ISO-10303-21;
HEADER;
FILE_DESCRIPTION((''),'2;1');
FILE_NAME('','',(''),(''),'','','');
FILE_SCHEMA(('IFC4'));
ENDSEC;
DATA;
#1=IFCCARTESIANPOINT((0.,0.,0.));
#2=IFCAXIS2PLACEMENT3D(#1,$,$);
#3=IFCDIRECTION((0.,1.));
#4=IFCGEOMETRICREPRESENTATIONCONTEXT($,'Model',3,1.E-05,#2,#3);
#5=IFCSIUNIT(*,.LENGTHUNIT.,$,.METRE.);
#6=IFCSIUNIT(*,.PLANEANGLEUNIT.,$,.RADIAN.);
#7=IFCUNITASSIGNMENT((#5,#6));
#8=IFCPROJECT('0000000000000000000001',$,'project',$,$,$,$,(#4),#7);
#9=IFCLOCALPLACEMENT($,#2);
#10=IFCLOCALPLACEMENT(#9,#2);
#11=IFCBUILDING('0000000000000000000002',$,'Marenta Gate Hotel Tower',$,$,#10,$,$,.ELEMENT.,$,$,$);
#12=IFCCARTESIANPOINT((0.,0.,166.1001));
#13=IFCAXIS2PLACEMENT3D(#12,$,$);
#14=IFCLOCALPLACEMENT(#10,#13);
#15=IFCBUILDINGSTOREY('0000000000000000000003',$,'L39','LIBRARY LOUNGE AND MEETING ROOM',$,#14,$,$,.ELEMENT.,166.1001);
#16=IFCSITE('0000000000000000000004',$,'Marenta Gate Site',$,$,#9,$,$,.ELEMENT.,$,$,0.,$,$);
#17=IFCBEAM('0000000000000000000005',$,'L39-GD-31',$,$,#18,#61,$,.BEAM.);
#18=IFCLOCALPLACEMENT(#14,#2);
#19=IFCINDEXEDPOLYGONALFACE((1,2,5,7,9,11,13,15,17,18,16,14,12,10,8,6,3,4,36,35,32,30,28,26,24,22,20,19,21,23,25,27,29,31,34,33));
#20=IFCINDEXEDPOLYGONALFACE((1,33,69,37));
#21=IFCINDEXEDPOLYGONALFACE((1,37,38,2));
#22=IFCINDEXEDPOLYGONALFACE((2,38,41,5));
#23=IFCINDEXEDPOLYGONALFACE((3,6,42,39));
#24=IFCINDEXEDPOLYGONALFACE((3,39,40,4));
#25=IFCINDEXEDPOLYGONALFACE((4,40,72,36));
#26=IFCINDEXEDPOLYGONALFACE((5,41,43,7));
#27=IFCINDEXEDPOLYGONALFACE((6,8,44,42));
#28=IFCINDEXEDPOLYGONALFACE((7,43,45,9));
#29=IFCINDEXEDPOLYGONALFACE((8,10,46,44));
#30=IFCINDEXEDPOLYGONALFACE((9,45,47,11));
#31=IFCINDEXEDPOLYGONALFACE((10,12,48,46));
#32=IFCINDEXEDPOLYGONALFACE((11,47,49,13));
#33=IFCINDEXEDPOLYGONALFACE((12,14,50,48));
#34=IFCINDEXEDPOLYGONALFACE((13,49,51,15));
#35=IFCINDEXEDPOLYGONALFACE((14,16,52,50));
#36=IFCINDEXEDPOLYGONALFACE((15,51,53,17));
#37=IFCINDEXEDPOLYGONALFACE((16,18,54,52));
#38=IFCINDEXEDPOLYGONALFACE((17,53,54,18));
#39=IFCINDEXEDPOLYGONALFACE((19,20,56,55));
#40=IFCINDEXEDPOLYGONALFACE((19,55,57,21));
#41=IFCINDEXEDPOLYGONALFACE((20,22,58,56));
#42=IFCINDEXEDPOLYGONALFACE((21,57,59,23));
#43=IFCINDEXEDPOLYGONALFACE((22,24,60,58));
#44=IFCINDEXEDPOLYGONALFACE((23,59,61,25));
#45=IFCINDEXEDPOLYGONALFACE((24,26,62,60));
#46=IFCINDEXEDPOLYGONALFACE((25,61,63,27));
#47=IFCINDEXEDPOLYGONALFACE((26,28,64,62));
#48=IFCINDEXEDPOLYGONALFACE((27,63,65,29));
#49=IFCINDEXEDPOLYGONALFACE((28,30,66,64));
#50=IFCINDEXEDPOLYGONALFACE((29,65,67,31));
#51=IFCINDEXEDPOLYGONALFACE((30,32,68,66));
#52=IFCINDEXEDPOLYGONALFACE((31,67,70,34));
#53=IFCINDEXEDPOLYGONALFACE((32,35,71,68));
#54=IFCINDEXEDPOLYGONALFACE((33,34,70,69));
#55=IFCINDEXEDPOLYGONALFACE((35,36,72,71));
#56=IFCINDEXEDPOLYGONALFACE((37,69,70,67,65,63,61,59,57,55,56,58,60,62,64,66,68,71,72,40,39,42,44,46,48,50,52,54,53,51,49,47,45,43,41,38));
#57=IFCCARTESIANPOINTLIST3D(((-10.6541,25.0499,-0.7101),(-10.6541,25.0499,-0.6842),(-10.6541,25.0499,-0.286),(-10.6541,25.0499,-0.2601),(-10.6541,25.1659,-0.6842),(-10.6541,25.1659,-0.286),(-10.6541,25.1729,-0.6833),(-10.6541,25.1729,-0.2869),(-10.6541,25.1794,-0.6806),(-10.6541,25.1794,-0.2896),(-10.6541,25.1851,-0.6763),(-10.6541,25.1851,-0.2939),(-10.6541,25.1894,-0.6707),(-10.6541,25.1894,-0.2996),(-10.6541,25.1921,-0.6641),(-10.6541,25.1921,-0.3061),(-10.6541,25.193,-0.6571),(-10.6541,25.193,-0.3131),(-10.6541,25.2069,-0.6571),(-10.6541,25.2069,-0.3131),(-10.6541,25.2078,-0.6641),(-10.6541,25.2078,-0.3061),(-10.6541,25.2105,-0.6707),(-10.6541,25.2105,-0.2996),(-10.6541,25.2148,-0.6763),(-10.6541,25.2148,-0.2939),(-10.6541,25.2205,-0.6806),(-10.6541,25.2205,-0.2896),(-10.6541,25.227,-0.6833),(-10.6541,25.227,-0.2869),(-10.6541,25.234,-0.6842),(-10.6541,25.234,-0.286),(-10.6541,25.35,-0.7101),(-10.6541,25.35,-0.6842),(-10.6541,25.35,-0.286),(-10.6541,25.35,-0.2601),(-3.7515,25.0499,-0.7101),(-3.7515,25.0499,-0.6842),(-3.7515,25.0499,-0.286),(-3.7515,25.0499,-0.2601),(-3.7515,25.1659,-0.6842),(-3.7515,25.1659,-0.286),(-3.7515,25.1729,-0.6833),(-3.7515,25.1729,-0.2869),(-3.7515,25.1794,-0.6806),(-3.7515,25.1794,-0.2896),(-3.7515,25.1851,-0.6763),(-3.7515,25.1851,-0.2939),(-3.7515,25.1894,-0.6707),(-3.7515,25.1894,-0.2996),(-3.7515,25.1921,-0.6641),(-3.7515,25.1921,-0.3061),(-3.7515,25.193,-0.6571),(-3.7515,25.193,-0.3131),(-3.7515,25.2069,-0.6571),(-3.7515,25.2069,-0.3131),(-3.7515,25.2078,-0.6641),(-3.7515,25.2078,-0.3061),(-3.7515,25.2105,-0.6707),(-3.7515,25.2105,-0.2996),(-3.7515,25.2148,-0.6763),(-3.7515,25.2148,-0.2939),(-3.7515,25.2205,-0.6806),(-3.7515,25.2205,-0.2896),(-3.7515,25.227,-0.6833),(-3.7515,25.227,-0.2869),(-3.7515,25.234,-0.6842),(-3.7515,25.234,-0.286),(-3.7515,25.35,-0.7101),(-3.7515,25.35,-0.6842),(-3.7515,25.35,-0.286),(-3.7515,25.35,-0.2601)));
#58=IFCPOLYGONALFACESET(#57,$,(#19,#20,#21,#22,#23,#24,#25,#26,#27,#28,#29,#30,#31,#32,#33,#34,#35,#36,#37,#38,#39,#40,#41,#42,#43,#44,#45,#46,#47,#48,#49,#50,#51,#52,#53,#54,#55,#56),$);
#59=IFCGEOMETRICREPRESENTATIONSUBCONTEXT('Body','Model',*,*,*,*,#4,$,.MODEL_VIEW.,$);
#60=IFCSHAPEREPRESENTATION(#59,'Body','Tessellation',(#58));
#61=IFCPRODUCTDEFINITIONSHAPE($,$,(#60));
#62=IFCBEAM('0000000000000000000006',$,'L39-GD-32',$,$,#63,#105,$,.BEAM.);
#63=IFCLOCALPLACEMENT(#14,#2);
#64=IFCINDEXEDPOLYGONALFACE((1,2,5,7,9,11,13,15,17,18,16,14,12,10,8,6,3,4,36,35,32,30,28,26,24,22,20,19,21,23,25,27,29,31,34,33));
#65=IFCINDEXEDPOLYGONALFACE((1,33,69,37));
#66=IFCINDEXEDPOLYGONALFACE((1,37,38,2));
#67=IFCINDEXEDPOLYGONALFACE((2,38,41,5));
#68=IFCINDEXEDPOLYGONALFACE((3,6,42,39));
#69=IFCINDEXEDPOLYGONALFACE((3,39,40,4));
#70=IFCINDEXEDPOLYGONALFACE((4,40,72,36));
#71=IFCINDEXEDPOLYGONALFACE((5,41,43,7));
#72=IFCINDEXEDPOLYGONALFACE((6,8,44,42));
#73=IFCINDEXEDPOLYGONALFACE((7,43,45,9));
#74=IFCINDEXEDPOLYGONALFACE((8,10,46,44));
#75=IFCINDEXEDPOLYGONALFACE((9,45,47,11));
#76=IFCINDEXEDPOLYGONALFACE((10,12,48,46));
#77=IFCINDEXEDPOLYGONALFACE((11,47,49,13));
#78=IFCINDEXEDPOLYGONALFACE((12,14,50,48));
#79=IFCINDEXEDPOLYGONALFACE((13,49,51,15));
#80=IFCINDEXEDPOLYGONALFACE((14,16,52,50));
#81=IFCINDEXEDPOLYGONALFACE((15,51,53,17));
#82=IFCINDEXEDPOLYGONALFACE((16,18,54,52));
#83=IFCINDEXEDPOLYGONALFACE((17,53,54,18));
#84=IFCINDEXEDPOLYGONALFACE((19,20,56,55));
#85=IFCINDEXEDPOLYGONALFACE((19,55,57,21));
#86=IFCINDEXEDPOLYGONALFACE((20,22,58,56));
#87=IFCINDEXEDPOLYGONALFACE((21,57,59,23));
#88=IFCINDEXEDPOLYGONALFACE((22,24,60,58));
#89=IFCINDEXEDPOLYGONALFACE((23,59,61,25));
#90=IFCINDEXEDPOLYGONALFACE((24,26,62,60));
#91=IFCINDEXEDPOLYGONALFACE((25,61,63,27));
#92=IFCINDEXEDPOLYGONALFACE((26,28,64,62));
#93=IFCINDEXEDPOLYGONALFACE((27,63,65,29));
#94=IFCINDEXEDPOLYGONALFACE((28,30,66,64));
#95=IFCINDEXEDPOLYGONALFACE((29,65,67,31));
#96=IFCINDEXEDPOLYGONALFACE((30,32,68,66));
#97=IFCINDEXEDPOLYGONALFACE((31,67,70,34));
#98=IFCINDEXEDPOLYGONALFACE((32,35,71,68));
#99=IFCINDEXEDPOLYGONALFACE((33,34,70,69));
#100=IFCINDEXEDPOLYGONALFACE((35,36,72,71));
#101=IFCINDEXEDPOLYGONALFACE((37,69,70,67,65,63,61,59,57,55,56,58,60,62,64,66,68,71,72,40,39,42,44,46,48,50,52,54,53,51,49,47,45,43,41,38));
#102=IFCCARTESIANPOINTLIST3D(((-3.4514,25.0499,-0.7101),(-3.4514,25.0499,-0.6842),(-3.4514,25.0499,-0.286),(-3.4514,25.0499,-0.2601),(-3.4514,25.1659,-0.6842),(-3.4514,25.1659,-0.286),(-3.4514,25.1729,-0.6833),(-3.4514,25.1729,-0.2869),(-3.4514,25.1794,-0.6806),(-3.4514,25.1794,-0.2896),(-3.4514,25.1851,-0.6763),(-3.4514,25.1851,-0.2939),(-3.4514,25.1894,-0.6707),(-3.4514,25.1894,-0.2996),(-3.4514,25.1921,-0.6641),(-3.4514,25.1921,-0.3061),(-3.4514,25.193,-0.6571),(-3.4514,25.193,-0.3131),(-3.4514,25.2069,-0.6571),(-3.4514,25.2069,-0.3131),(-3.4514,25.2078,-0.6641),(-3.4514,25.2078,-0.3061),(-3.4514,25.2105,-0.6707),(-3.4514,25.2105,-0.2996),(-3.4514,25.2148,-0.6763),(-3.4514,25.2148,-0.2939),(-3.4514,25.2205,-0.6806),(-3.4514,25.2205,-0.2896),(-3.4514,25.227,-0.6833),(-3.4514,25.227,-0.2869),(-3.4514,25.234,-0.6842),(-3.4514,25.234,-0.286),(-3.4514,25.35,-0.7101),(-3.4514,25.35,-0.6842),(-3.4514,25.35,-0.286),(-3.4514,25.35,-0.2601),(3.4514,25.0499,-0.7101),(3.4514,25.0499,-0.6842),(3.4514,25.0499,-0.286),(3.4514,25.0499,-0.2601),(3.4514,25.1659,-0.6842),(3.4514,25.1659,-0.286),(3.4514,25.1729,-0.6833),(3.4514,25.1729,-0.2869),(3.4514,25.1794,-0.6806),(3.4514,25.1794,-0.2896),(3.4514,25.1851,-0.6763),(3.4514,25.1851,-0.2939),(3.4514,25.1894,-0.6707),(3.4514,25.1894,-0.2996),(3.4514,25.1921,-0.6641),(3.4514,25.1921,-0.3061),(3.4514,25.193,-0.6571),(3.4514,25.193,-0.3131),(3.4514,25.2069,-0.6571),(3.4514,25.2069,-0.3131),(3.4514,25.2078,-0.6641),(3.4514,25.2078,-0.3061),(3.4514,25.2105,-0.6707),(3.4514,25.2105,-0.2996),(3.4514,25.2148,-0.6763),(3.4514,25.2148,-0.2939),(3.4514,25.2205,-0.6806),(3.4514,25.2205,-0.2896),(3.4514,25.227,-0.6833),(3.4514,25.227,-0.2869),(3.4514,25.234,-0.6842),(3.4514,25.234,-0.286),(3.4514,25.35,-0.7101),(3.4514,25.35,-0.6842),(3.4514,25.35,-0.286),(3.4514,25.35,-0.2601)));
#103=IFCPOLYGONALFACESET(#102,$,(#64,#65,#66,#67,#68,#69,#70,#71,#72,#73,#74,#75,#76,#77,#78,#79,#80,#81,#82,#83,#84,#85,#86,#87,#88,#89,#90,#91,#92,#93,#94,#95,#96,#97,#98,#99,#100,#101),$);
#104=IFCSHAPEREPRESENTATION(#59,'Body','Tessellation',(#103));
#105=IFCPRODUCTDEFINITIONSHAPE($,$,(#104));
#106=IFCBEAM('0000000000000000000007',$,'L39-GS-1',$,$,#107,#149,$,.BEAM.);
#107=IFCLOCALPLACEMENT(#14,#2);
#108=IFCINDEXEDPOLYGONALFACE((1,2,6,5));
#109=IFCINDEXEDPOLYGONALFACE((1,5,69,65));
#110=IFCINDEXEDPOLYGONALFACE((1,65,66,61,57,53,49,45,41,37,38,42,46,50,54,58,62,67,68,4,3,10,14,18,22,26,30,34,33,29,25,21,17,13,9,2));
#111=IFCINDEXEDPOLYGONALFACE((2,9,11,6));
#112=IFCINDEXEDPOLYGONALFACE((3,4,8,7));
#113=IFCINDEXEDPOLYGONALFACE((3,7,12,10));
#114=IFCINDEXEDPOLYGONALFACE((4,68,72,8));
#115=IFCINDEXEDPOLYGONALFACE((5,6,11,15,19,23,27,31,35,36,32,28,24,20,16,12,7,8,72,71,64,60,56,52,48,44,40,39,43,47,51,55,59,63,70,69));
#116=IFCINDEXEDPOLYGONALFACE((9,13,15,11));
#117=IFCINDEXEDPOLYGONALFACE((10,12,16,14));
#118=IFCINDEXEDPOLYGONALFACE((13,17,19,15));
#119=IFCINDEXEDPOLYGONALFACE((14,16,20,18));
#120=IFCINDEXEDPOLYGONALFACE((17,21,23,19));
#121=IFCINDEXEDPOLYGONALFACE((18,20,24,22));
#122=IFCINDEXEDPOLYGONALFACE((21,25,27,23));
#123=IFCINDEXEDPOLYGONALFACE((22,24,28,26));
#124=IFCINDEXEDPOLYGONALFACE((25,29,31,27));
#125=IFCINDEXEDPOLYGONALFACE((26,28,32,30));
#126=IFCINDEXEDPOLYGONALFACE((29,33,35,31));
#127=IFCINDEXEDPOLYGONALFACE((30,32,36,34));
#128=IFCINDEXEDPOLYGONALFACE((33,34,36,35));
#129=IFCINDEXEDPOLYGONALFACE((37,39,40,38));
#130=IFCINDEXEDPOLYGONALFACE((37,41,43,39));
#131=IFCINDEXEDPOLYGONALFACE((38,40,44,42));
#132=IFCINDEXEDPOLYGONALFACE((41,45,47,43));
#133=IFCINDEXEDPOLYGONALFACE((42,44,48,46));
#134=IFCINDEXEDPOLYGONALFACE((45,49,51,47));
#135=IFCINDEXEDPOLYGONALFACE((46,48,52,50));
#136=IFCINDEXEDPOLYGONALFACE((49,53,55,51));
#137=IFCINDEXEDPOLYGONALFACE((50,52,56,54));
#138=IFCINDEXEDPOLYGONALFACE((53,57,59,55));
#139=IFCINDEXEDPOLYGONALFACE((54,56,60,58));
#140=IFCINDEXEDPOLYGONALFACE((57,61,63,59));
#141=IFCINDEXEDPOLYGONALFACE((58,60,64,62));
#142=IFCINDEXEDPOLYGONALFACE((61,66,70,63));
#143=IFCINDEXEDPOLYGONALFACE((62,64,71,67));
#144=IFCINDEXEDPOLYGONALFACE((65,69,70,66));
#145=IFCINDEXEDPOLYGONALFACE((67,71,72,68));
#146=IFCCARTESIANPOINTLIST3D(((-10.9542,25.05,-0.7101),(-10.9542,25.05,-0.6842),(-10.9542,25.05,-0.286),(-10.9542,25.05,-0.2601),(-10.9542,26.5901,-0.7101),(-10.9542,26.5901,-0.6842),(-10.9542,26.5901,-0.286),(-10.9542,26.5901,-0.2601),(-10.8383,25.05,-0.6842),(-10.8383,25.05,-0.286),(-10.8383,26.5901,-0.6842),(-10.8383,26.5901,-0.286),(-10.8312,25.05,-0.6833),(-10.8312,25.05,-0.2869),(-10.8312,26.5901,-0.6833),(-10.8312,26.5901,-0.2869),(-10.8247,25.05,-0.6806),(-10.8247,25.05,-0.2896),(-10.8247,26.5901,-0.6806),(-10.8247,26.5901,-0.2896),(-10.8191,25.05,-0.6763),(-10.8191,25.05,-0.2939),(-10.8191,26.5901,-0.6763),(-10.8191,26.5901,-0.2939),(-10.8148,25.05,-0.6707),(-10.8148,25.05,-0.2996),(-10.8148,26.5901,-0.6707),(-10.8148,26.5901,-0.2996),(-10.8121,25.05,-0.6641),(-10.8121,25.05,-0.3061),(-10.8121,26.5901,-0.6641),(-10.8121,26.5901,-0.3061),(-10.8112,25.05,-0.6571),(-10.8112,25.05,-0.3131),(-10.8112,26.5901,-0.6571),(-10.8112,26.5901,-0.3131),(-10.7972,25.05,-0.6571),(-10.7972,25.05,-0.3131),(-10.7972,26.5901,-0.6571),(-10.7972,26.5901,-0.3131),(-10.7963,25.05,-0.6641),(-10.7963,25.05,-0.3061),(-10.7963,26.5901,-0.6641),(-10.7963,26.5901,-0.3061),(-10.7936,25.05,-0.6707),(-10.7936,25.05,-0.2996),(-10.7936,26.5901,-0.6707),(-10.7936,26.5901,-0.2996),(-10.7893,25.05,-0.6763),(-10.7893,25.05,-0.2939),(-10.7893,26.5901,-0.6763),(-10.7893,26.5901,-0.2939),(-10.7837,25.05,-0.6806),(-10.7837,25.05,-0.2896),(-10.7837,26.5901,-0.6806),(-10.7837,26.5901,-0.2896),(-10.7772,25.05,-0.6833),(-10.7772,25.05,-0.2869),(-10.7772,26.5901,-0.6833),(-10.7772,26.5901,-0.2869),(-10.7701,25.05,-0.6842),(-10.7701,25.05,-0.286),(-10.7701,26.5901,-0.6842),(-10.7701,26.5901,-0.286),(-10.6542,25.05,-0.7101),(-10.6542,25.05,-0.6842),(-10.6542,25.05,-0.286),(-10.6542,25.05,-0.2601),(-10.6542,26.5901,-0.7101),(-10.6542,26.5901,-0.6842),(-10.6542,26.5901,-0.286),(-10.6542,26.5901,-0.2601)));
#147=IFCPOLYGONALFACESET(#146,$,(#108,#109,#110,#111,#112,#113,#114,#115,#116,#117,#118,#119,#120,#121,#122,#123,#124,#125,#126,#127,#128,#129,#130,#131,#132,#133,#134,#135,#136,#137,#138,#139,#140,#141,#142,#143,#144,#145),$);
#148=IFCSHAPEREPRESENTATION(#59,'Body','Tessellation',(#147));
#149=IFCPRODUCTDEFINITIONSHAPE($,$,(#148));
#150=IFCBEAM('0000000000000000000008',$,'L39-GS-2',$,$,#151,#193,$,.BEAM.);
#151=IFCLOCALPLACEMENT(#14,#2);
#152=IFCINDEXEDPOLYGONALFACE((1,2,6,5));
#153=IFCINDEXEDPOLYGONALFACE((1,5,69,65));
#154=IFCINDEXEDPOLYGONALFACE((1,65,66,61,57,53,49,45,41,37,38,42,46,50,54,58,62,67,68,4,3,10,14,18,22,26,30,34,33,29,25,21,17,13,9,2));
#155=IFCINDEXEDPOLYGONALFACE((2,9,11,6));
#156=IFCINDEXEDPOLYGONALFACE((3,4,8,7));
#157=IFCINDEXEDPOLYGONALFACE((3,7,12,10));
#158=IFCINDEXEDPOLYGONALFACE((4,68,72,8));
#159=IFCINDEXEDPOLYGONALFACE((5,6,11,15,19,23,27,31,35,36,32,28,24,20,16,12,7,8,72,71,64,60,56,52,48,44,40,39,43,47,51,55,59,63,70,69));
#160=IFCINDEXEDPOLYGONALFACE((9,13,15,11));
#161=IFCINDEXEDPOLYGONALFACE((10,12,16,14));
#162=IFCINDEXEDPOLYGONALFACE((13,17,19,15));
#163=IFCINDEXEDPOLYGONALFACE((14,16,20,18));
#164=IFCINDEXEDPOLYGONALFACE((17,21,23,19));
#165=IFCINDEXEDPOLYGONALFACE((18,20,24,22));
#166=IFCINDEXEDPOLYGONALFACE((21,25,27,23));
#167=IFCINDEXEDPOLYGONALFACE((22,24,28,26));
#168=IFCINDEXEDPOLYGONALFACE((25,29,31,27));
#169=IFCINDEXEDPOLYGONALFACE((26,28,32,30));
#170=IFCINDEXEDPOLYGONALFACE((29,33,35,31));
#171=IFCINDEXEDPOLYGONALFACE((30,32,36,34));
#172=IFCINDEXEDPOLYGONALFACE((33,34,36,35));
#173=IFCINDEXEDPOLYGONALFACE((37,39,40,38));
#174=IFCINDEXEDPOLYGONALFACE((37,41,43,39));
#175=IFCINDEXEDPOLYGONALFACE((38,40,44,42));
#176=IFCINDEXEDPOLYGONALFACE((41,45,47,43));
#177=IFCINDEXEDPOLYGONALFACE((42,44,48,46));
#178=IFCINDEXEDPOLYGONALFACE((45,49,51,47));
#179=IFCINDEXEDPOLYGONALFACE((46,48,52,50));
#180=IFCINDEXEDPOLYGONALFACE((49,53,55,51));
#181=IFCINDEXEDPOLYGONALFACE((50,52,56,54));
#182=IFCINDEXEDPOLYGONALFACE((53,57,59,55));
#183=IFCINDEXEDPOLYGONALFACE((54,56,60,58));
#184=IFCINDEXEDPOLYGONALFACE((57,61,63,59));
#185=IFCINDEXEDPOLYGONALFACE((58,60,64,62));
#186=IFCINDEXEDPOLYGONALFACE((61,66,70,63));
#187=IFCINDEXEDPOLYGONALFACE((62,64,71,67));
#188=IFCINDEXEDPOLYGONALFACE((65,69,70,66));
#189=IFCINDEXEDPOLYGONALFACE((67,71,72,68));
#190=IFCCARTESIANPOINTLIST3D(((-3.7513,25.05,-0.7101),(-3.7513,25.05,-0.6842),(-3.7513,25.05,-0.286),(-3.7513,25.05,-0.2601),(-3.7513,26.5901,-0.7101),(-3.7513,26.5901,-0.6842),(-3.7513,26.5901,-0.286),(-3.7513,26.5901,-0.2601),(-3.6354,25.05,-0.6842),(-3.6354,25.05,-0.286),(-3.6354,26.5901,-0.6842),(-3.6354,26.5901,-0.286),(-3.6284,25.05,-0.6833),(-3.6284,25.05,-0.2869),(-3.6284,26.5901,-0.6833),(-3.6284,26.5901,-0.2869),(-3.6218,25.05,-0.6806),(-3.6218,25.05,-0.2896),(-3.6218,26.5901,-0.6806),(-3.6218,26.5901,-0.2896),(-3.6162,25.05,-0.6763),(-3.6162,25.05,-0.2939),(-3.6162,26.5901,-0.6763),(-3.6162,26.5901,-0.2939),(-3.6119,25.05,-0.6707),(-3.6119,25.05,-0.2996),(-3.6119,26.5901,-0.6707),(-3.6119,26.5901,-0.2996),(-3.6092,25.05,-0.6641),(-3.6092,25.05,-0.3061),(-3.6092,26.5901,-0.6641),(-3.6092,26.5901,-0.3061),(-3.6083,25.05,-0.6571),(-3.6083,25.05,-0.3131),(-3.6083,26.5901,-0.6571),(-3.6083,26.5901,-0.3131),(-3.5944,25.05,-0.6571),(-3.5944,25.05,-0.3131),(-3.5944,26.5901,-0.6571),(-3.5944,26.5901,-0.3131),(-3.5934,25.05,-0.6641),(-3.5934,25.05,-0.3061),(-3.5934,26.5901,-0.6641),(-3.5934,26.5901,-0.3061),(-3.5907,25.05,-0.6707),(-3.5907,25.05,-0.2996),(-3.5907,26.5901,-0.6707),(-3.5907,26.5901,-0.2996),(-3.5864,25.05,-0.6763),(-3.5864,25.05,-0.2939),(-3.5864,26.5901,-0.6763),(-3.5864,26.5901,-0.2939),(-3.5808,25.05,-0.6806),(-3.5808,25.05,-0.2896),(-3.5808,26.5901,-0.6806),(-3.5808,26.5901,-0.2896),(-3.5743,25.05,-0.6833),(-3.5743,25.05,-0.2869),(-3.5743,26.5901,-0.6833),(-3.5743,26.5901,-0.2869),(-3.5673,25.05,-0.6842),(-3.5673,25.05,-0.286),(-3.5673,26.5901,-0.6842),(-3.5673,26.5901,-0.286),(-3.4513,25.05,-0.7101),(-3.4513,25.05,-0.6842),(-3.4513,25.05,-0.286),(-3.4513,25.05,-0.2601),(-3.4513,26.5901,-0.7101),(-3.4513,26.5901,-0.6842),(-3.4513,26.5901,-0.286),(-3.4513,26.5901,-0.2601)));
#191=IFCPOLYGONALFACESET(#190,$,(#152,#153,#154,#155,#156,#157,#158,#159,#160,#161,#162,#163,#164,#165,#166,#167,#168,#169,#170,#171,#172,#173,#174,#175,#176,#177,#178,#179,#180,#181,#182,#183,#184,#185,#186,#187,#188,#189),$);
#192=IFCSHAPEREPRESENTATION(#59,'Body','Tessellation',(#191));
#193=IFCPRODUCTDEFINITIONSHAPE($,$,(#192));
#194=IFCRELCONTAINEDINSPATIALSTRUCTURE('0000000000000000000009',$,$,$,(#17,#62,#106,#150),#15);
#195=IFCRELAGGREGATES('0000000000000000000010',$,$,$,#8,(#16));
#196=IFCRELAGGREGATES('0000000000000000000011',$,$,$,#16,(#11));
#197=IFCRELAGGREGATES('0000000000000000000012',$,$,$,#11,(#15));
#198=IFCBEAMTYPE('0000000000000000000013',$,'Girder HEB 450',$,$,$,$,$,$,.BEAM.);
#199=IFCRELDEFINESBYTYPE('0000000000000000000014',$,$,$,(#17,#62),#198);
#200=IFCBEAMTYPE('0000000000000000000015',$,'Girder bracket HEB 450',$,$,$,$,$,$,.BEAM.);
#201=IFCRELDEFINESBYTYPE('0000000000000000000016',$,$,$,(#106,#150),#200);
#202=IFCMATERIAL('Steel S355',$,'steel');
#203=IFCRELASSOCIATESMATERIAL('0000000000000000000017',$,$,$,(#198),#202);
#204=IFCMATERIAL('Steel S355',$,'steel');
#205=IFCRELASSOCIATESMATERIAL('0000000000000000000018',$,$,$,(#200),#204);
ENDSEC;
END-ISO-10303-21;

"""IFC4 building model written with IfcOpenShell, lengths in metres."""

from ifc_helpers import new_model, si_unit, direction, frame, origin, origin_2d, place, context, subcontext, project, spatial, i_section, extrude, material, material_profile, profile_set, type_object, element, save


model = new_model("IFC4")

# Units and contexts
model_context = context("Model", 3, precision=1e-05, world=origin(), true_north=direction((0.0, 1.0)))
body_context = subcontext(model_context, "Body", "Model", "MODEL_VIEW")
ifc_project = project(units=[si_unit("LENGTHUNIT", "METRE"), si_unit("PLANEANGLEUNIT", "RADIAN")], contexts=[model_context])

# Site, building, storey
site_placement = place(None, origin())
site = spatial("IfcSite", under=ifc_project, at=site_placement, Name="Marenta Gate Site", CompositionType="ELEMENT", RefElevation=0.0)
building_placement = place(site_placement, origin())
building = spatial("IfcBuilding", under=site, at=building_placement, Name="Marenta Gate Hotel Tower", CompositionType="ELEMENT")
storey_placement = place(building_placement, frame((0.0, 0.0, 166.1001)))
storey = spatial("IfcBuildingStorey", under=building, at=storey_placement, Name="L39", Description="LIBRARY LOUNGE AND MEETING ROOM", CompositionType="ELEMENT", Elevation=166.1001)

# Beams
ifc_material_1 = material(Name="Steel S355", Category="steel")
ifc_material_profile_1 = material_profile(ifc_material_1, i_section(OverallWidth=0.3, OverallDepth=0.45, WebThickness=0.0139, FlangeThickness=0.0259, FilletRadius=0.0271, at=origin_2d()), Name="HEB 450")
ifc_profile_set_1 = profile_set([ifc_material_profile_1], Name="Steel S355")
beam_type_1 = type_object("IfcBeamType", Name="Girder HEB 450", PredefinedType="BEAM", material=ifc_profile_set_1)
beam_1_placement = place(storey_placement, frame((-10.6541, 25.2, -0.4851), z_axis=(1.0, 0.0, 0.0), x_axis=(0.0, 1.0, 0.0)))
element("IfcBeam", 1, at=beam_1_placement, inside=storey, type_object=beam_type_1, Name="L39-GD-31", PredefinedType="BEAM", context=body_context, shape_type="SweptSolid", body=[
    extrude(i_section(OverallWidth=0.3, OverallDepth=0.45, WebThickness=0.0139, FlangeThickness=0.0259, FilletRadius=0.0271, at=origin_2d()), origin(), (0.0, 0.0, 1.0), 6.9026),
])
beam_2_placement = place(storey_placement, frame((-3.4514, 25.2, -0.4851), z_axis=(1.0, 0.0, 0.0), x_axis=(0.0, 1.0, 0.0)))
element("IfcBeam", 2, at=beam_2_placement, inside=storey, type_object=beam_type_1, Name="L39-GD-32", PredefinedType="BEAM", context=body_context, shape_type="SweptSolid", body=[
    extrude(i_section(OverallWidth=0.3, OverallDepth=0.45, WebThickness=0.0139, FlangeThickness=0.0259, FilletRadius=0.0271, at=origin_2d()), origin(), (0.0, 0.0, 1.0), 6.9028),
])
ifc_material_2 = material(Name="Steel S355", Category="steel")
ifc_material_profile_2 = material_profile(ifc_material_2, i_section(OverallWidth=0.3, OverallDepth=0.45, WebThickness=0.0139, FlangeThickness=0.0259, FilletRadius=0.0271, at=origin_2d()), Name="HEB 450")
ifc_profile_set_2 = profile_set([ifc_material_profile_2], Name="Steel S355")
beam_type_2 = type_object("IfcBeamType", Name="Girder bracket HEB 450", PredefinedType="BEAM", material=ifc_profile_set_2)
for number, where, z_axis, x_axis, name in (
    (3, (-10.8042, 25.05, -0.4851), (0.0, 1.0, 0.0), (-1.0, 0.0, 0.0), "L39-GS-1"),
    (4, (-3.6013, 25.05, -0.4851), (0.0, 1.0, 0.0), (-1.0, 0.0, 0.0), "L39-GS-2"),
):
    element("IfcBeam", number, at=place(storey_placement, frame(where, z_axis=z_axis, x_axis=x_axis)), inside=storey, type_object=beam_type_2, Name=name, PredefinedType="BEAM", context=body_context, shape_type="SweptSolid", body=[
        extrude(i_section(OverallWidth=0.3, OverallDepth=0.45, WebThickness=0.0139, FlangeThickness=0.0259, FilletRadius=0.0271, at=origin_2d()), origin(), (0.0, 0.0, 1.0), 1.54),
    ])

save(model, "model.ifc")
